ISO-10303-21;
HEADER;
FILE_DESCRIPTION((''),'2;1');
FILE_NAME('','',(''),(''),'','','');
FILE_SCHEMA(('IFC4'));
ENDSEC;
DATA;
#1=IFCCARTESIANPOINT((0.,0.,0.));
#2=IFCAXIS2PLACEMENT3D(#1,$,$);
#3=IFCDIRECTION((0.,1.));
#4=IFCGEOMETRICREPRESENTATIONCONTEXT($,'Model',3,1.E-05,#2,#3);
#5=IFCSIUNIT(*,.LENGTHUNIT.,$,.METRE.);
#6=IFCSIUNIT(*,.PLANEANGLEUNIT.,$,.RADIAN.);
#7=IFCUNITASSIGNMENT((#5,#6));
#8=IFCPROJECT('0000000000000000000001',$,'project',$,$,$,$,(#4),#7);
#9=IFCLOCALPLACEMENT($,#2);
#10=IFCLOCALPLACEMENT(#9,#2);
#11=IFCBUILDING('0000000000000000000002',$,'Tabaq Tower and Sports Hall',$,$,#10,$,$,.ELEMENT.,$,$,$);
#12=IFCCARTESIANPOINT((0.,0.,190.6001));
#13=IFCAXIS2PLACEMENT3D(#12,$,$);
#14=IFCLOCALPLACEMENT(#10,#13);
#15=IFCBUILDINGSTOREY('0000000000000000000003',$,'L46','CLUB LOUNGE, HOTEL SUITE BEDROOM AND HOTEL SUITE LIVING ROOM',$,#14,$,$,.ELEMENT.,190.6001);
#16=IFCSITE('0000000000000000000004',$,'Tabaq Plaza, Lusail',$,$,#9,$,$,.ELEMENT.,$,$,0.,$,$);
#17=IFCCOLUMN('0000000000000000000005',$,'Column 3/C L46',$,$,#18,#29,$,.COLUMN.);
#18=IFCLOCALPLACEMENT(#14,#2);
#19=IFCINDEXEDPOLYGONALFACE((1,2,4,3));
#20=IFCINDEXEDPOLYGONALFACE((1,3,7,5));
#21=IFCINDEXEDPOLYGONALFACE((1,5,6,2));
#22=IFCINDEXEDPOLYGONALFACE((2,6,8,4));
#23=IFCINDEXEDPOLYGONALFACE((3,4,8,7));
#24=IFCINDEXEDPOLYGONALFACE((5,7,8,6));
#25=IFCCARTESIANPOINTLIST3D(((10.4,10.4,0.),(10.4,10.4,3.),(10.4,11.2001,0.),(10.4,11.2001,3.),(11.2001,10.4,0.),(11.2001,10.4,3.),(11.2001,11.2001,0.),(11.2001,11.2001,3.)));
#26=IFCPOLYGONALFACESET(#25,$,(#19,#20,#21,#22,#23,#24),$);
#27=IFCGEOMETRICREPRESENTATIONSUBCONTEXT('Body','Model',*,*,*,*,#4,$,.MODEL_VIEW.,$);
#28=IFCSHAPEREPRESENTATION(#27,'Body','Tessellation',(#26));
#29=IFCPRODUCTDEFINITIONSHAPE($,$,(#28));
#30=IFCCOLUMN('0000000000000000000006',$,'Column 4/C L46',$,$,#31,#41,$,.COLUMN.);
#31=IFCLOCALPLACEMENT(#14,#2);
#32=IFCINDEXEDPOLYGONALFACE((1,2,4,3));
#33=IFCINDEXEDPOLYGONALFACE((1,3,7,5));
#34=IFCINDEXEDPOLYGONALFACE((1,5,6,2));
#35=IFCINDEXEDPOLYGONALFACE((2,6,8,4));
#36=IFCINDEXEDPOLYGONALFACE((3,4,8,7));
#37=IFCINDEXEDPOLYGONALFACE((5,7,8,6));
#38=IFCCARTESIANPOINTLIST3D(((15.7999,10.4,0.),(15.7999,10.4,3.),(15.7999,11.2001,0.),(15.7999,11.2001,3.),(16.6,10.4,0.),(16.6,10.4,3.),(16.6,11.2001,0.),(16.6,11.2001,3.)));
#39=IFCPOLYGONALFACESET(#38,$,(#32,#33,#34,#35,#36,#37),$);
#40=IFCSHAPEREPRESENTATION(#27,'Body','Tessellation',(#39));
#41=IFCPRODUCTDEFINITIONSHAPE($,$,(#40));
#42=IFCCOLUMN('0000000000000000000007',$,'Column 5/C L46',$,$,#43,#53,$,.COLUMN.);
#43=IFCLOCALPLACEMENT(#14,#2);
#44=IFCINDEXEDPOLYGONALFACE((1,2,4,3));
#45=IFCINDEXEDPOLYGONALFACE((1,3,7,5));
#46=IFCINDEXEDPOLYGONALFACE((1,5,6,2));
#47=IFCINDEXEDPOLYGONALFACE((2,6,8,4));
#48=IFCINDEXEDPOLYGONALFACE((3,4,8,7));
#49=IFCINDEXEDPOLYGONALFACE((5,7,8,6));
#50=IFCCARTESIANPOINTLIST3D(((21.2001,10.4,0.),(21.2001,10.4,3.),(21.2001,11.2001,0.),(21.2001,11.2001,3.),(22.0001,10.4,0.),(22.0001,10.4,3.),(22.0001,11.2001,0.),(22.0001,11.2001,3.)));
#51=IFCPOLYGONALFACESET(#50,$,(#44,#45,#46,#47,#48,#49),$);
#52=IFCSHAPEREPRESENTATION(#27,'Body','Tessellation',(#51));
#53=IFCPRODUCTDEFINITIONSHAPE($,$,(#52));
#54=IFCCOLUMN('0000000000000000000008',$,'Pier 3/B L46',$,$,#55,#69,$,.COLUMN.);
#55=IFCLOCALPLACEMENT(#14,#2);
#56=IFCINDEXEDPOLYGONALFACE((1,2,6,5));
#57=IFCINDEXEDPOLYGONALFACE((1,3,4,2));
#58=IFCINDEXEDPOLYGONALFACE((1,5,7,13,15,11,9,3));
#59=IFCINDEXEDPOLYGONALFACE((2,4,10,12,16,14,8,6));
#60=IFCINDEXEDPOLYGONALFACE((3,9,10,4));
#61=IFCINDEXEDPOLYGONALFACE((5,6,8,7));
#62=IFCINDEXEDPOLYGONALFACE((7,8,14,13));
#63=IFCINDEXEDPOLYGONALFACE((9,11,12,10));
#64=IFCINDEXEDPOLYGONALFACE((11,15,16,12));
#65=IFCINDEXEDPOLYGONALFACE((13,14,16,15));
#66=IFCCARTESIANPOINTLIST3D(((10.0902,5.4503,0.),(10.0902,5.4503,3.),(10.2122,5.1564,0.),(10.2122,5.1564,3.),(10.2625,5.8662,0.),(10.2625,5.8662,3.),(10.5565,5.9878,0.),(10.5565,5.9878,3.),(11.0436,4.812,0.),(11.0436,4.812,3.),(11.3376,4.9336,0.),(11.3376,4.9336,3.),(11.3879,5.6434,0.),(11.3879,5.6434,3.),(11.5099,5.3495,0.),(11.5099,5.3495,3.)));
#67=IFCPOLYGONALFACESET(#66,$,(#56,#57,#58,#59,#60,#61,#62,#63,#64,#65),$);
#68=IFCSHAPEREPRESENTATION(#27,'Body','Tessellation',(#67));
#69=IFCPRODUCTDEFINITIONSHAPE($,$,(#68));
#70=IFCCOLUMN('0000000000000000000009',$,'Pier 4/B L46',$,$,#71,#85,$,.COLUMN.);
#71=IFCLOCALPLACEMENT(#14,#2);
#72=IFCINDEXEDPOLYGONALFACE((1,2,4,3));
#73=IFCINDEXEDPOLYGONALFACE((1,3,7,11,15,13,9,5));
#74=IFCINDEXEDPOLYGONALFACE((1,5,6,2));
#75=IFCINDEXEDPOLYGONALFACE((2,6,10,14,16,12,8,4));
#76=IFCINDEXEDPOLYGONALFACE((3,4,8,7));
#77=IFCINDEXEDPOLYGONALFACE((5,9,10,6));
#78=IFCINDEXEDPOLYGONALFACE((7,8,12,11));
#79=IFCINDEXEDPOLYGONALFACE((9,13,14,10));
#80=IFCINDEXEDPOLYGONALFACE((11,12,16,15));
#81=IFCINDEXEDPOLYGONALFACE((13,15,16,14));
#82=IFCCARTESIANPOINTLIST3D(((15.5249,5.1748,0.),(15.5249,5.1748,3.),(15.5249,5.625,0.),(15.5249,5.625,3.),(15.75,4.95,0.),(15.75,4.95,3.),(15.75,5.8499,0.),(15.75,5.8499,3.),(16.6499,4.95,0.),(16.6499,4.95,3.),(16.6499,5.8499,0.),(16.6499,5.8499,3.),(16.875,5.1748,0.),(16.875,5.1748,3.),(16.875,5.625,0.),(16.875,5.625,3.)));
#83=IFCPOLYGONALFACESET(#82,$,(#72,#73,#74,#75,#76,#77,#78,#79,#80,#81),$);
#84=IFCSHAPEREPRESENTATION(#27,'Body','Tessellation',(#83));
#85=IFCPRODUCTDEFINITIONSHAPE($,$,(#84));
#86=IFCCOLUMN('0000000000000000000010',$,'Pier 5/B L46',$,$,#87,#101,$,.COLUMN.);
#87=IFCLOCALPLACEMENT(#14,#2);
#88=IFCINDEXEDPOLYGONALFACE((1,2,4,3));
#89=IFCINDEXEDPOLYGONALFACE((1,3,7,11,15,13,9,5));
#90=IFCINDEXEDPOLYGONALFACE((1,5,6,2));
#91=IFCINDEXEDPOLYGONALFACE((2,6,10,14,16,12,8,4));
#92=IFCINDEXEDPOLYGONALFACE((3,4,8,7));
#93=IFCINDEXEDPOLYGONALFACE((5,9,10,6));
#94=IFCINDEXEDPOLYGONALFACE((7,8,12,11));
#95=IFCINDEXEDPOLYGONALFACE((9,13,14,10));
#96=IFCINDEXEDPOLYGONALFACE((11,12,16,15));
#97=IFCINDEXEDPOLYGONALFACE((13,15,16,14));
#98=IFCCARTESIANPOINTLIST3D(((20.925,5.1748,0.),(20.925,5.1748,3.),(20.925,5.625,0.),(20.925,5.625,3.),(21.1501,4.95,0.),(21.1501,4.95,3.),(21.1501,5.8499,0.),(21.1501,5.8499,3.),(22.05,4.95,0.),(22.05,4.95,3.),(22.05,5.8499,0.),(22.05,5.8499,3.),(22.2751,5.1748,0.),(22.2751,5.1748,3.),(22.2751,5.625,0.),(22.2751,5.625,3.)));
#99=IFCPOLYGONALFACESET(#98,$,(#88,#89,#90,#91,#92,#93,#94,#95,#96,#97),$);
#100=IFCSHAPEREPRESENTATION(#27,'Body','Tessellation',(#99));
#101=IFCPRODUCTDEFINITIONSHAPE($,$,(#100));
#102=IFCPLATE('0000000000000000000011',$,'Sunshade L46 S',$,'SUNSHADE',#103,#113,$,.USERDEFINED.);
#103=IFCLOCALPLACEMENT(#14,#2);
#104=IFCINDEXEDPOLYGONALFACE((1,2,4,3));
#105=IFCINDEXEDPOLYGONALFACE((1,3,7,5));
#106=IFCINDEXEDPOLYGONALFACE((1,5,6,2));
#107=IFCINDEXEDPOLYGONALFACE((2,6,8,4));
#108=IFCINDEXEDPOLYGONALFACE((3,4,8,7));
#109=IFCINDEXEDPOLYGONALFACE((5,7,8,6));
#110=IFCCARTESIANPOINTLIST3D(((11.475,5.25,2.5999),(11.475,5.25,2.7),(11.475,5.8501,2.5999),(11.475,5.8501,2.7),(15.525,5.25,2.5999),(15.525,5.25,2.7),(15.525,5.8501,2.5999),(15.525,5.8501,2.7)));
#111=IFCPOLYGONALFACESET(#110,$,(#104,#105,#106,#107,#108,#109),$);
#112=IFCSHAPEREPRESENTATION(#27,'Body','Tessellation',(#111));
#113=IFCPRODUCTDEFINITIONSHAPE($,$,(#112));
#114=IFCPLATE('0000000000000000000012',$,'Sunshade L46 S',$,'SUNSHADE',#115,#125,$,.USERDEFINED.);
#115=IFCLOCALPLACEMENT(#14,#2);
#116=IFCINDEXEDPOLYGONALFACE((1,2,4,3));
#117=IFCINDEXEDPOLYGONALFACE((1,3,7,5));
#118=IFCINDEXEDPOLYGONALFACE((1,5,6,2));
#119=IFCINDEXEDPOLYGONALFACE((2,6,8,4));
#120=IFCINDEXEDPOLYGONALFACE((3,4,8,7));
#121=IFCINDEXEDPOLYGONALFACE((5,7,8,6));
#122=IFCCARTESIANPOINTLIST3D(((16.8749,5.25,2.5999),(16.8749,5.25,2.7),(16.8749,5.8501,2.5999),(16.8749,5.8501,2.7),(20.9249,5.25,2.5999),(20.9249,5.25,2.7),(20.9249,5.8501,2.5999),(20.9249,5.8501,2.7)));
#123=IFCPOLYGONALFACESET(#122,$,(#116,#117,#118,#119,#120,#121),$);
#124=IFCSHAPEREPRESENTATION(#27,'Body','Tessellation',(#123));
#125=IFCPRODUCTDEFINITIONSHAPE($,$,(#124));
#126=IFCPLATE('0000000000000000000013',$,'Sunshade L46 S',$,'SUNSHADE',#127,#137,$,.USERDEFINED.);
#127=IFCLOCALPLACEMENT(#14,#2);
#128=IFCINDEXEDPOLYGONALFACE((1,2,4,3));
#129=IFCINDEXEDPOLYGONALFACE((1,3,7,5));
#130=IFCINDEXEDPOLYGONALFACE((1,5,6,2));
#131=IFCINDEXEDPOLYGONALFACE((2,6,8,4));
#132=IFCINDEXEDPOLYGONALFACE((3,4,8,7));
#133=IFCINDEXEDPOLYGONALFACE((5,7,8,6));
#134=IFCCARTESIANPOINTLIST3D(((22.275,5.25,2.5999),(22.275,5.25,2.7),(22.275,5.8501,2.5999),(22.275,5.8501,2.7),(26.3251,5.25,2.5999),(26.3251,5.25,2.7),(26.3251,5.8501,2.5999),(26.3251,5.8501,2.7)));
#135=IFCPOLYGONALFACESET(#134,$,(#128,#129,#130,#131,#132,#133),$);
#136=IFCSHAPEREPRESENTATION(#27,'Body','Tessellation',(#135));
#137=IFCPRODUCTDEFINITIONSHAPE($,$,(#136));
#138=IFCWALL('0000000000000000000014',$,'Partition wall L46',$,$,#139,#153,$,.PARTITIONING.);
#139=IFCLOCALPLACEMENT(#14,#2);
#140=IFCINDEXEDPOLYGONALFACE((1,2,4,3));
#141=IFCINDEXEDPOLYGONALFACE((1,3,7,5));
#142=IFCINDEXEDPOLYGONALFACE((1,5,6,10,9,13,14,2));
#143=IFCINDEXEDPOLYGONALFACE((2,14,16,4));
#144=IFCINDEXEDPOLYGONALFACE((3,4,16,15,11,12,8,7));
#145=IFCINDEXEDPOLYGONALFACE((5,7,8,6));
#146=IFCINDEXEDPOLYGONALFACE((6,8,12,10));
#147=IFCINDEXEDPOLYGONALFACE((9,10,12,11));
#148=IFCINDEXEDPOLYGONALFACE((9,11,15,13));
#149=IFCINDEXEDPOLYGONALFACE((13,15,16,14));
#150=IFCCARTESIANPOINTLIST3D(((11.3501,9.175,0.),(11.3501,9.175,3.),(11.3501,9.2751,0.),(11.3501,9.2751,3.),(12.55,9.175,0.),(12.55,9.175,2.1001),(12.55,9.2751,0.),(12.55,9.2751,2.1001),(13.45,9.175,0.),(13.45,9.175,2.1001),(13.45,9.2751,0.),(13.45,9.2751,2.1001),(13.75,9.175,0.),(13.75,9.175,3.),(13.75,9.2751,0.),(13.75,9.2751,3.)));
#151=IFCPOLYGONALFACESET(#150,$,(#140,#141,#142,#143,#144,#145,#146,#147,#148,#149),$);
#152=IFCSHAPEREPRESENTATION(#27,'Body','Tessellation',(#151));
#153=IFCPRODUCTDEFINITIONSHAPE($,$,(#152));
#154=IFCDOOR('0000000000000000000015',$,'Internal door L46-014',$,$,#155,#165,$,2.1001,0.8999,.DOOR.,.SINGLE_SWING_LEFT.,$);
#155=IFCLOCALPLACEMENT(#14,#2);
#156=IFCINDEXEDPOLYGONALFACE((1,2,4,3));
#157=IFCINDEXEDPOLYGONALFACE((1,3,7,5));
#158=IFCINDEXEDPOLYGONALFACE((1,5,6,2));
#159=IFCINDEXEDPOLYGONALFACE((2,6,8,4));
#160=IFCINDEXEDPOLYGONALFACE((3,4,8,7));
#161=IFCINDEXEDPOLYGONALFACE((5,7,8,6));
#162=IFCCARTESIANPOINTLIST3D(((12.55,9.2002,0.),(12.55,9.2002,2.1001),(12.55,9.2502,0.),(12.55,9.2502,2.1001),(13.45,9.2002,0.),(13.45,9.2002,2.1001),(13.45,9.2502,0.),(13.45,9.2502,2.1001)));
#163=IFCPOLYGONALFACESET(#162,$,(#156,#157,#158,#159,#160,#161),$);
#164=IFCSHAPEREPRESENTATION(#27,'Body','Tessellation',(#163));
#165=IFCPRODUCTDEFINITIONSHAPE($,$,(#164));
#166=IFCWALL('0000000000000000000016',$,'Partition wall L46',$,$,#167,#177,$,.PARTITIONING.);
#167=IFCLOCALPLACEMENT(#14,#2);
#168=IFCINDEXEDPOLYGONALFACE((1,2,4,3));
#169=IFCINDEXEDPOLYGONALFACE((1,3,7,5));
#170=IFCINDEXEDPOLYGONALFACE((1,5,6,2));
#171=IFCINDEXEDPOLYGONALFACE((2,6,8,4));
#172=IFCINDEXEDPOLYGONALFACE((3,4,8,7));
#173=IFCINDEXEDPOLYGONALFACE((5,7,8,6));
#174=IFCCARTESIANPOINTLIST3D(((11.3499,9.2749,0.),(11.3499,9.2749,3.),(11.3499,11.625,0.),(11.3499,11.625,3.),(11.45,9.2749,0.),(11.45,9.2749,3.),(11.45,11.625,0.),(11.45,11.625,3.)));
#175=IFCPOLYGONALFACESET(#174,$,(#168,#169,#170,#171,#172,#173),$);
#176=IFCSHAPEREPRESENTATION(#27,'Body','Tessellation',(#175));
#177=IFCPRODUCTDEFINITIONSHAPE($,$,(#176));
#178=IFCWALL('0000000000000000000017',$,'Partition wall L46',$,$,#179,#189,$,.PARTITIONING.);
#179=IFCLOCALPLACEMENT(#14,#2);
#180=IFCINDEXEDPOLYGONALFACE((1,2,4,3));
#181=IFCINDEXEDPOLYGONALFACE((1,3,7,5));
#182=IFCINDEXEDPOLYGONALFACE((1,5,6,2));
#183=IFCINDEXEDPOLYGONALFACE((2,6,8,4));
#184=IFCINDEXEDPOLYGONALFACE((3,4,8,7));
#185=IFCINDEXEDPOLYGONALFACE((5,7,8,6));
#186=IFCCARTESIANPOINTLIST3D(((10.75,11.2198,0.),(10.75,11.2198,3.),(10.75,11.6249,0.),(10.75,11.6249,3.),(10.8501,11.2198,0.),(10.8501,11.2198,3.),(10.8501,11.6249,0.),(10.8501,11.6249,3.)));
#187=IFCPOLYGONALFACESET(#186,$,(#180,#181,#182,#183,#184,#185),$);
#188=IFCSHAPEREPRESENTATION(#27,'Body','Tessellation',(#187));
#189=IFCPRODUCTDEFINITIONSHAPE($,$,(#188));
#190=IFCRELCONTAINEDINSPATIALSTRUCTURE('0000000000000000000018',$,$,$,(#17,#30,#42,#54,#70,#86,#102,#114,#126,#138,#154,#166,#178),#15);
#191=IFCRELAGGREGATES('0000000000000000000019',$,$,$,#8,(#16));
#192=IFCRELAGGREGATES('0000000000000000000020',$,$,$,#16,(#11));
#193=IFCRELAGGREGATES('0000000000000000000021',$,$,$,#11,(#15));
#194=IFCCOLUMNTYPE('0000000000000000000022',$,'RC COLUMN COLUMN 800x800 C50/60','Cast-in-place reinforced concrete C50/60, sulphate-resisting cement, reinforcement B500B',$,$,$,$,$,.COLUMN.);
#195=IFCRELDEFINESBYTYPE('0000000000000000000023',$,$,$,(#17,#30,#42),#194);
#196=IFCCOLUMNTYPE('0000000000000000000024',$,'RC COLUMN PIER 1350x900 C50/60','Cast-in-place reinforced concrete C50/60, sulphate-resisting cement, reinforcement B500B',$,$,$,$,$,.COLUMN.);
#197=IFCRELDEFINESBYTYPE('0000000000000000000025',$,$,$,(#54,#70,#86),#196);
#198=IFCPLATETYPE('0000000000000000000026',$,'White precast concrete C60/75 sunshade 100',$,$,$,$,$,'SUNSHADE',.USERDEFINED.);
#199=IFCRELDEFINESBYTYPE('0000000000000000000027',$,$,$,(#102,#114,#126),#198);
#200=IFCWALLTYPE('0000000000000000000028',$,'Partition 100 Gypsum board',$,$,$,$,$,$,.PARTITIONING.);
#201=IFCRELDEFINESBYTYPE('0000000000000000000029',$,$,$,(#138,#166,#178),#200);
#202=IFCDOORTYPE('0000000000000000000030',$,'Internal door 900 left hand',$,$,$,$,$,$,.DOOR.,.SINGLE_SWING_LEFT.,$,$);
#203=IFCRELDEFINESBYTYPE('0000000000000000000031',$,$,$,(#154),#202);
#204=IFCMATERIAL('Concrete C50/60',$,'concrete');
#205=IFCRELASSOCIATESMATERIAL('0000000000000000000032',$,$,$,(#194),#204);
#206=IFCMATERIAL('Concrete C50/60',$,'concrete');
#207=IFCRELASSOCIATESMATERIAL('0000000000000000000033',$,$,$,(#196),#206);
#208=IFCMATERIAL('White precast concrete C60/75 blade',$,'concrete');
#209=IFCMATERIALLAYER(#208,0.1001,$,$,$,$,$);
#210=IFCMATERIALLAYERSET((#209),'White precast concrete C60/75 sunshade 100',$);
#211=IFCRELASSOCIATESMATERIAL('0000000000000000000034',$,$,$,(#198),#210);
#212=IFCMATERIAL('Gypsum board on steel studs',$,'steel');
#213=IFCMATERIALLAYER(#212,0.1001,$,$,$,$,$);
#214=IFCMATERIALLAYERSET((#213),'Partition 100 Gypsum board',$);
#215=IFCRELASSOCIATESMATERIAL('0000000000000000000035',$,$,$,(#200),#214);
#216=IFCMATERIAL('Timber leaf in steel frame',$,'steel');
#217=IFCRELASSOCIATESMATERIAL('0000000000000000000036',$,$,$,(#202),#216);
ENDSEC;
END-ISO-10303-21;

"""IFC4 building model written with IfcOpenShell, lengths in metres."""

from ifc_helpers import new_model, si_unit, direction, frame, frame_2d, origin, origin_2d, place, context, subcontext, project, spatial, polyline, rectangle, outline, extrude, material, layer, layer_set, material_profile, profile_set, type_object, element, fill, save


model = new_model("IFC4")

# Units and contexts
model_context = context("Model", 3, precision=1e-05, world=origin(), true_north=direction((0.0, 1.0)))
body_context = subcontext(model_context, "Body", "Model", "MODEL_VIEW")
ifc_project = project(units=[si_unit("LENGTHUNIT", "METRE"), si_unit("PLANEANGLEUNIT", "RADIAN")], contexts=[model_context])

# Site, building, storey
site_placement = place(None, origin())
site = spatial("IfcSite", under=ifc_project, at=site_placement, Name="Tabaq Plaza, Lusail", CompositionType="ELEMENT", RefElevation=0.0)
building_placement = place(site_placement, origin())
building = spatial("IfcBuilding", under=site, at=building_placement, Name="Tabaq Tower and Sports Hall", CompositionType="ELEMENT")
storey_placement = place(building_placement, frame((0.0, 0.0, 190.6001)))
storey = spatial("IfcBuildingStorey", under=building, at=storey_placement, Name="L46", Description="CLUB LOUNGE, HOTEL SUITE BEDROOM AND HOTEL SUITE LIVING ROOM", CompositionType="ELEMENT", Elevation=190.6001)

# Columns
ifc_material_1 = material(Name="Concrete C50/60", Category="concrete")
ifc_material_profile_1 = material_profile(ifc_material_1, rectangle(XDim=0.8, YDim=0.8, at=origin_2d()), Name="COLUMN 800x800")
ifc_profile_set_1 = profile_set([ifc_material_profile_1], Name="Concrete C50/60")
column_type_1 = type_object("IfcColumnType", Name="RC COLUMN COLUMN 800x800 C50/60", Description="Cast-in-place reinforced concrete C50/60, sulphate-resisting cement, reinforcement B500B", PredefinedType="COLUMN", material=ifc_profile_set_1)
for number, where, z_axis, x_axis, name in (
    (1, (10.8, 10.8, 0.0), (0.0, 0.0, 1.0), (1.0, 0.0, 0.0), "Column 3/C L46"),
    (2, (16.2, 10.8, 0.0), (0.0, 0.0, 1.0), (1.0, 0.0, 0.0), "Column 4/C L46"),
    (3, (21.6001, 10.8, 0.0), (0.0, 0.0, 1.0), (1.0, 0.0, 0.0), "Column 5/C L46"),
):
    element("IfcColumn", number, at=place(storey_placement, frame(where, z_axis=z_axis, x_axis=x_axis)), inside=storey, type_object=column_type_1, Name=name, PredefinedType="COLUMN", context=body_context, shape_type="SweptSolid", body=[
        extrude(rectangle(XDim=0.8, YDim=0.8, at=origin_2d()), origin(), (0.0, 0.0, 1.0), 3.0),
    ])
ifc_material_2 = material(Name="Concrete C50/60", Category="concrete")
ifc_material_profile_2 = material_profile(ifc_material_2, outline(polyline([(-0.45, -0.45), (0.45, -0.45), (0.675, -0.2251), (0.675, 0.2251), (0.45, 0.45), (-0.45, 0.45), (-0.675, 0.2251), (-0.675, -0.2251), (-0.45, -0.45)])), Name="PIER 1350x900")
ifc_profile_set_2 = profile_set([ifc_material_profile_2], Name="Concrete C50/60")
column_type_2 = type_object("IfcColumnType", Name="RC COLUMN PIER 1350x900 C50/60", Description="Cast-in-place reinforced concrete C50/60, sulphate-resisting cement, reinforcement B500B", PredefinedType="COLUMN", material=ifc_profile_set_2)
for number, where, z_axis, x_axis, name in (
    (4, (10.8, 5.3999, 0.0), (0.0, 0.0, 1.0), (-0.92388, 0.382683, 0.0), "Pier 3/B L46"),
    (5, (16.2, 5.3999, 0.0), (0.0, 0.0, 1.0), (1.0, 0.0, 0.0), "Pier 4/B L46"),
    (6, (21.6001, 5.3999, 0.0), (0.0, 0.0, 1.0), (1.0, 0.0, 0.0), "Pier 5/B L46"),
):
    element("IfcColumn", number, at=place(storey_placement, frame(where, z_axis=z_axis, x_axis=x_axis)), inside=storey, type_object=column_type_2, Name=name, PredefinedType="COLUMN", context=body_context, shape_type="SweptSolid", body=[
        extrude(outline(polyline([(-0.45, -0.45), (0.45, -0.45), (0.675, -0.2251), (0.675, 0.2251), (0.45, 0.45), (-0.45, 0.45), (-0.675, 0.2251), (-0.675, -0.2251), (-0.45, -0.45)])), origin(), (0.0, 0.0, 1.0), 3.0),
    ])

# Plates
ifc_material_3 = material(Name="White precast concrete C60/75 blade", Category="concrete")
ifc_layer_1 = layer(ifc_material_3, 0.1001)
ifc_layer_set_1 = layer_set([ifc_layer_1], Name="White precast concrete C60/75 sunshade 100")
plate_type = type_object("IfcPlateType", Name="White precast concrete C60/75 sunshade 100", ElementType="SUNSHADE", PredefinedType="USERDEFINED", material=ifc_layer_set_1)
for number, where, z_axis, x_axis, name in (
    (7, (13.5, 5.55, 2.5999), (0.0, 0.0, 1.0), (1.0, 0.0, 0.0), "Sunshade L46 S"),
    (8, (18.8999, 5.55, 2.5999), (0.0, 0.0, 1.0), (1.0, 0.0, 0.0), "Sunshade L46 S"),
    (9, (24.3, 5.55, 2.5999), (0.0, 0.0, 1.0), (1.0, 0.0, 0.0), "Sunshade L46 S"),
):
    element("IfcPlate", number, at=place(storey_placement, frame(where, z_axis=z_axis, x_axis=x_axis)), inside=storey, type_object=plate_type, Name=name, ObjectType="SUNSHADE", PredefinedType="USERDEFINED", context=body_context, shape_type="SweptSolid", body=[
        extrude(rectangle(XDim=4.05, YDim=0.6001, at=origin_2d()), origin(), (0.0, 0.0, 1.0), 0.1001),
    ])

# Wall, opening, door
ifc_material_4 = material(Name="Gypsum board on steel studs", Category="steel")
ifc_layer_2 = layer(ifc_material_4, 0.1001)
ifc_layer_set_2 = layer_set([ifc_layer_2], Name="Partition 100 Gypsum board")
wall_type_1 = type_object("IfcWallType", Name="Partition 100 Gypsum board", PredefinedType="PARTITIONING", material=ifc_layer_set_2)
wall_1_placement = place(storey_placement, frame((13.75, 9.2251, 0.0), z_axis=(0.0, 0.0, 1.0), x_axis=(-1.0, 0.0, 0.0)))
wall_1 = element("IfcWall", 10, at=wall_1_placement, inside=storey, type_object=wall_type_1, Name="Partition wall L46", PredefinedType="PARTITIONING", context=body_context, shape_type="SweptSolid", body=[
    extrude(rectangle(XDim=2.3999, YDim=0.1001, at=frame_2d((1.2, 0.0))), origin(), (0.0, 0.0, 1.0), 3.0),
])
opening_1_placement = place(wall_1_placement, frame((0.3, 0.0, 0.0)))
opening_1 = element("IfcOpeningElement", 11, at=opening_1_placement, cuts=wall_1, PredefinedType="OPENING", context=body_context, shape_type="SweptSolid", body=[
    extrude(rectangle(XDim=0.8999, YDim=2.1001, at=frame_2d((0.45, 1.05))), frame((0.0, 0.05, 0.0), z_axis=(0.0, -1.0, 0.0), x_axis=(1.0, 0.0, 0.0)), (0.0, 0.0, 1.0), 0.1001),
])
ifc_material_5 = material(Name="Timber leaf in steel frame", Category="steel")
door_type_1 = type_object("IfcDoorType", Name="Internal door 900 left hand", OperationType="SINGLE_SWING_LEFT", PredefinedType="DOOR", material=ifc_material_5)
door_1_placement = place(opening_1_placement, origin())
door_1 = element("IfcDoor", 12, at=door_1_placement, inside=storey, type_object=door_type_1, Name="Internal door L46-014", OperationType="SINGLE_SWING_LEFT", OverallHeight=2.1001, OverallWidth=0.8999, PredefinedType="DOOR", context=body_context, shape_type="SweptSolid", body=[
    extrude(rectangle(XDim=0.8999, YDim=2.1001, at=frame_2d((0.45, 1.05))), frame((0.0, 0.0249, 0.0), z_axis=(0.0, -1.0, 0.0), x_axis=(1.0, 0.0, 0.0)), (0.0, 0.0, 1.0), 0.05),
])
fill(opening_1, door_1)

# Walls
wall_2_placement = place(storey_placement, frame((11.3999, 9.2749, 0.0), z_axis=(0.0, 0.0, 1.0), x_axis=(0.0, 1.0, 0.0)))
element("IfcWall", 13, at=wall_2_placement, inside=storey, type_object=wall_type_1, Name="Partition wall L46", PredefinedType="PARTITIONING", context=body_context, shape_type="SweptSolid", body=[
    extrude(rectangle(XDim=2.3501, YDim=0.1001, at=frame_2d((1.175, 0.0))), origin(), (0.0, 0.0, 1.0), 3.0),
])
wall_3_placement = place(storey_placement, frame((10.8, 11.625, 0.0), z_axis=(0.0, 0.0, 1.0), x_axis=(0.0, -1.0, 0.0)))
element("IfcWall", 14, at=wall_3_placement, inside=storey, type_object=wall_type_1, Name="Partition wall L46", PredefinedType="PARTITIONING", context=body_context, shape_type="SweptSolid", body=[
    extrude(rectangle(XDim=0.405, YDim=0.1001, at=frame_2d((0.2026, 0.0))), origin(), (0.0, 0.0, 1.0), 3.0),
])

save(model, "model.ifc")
